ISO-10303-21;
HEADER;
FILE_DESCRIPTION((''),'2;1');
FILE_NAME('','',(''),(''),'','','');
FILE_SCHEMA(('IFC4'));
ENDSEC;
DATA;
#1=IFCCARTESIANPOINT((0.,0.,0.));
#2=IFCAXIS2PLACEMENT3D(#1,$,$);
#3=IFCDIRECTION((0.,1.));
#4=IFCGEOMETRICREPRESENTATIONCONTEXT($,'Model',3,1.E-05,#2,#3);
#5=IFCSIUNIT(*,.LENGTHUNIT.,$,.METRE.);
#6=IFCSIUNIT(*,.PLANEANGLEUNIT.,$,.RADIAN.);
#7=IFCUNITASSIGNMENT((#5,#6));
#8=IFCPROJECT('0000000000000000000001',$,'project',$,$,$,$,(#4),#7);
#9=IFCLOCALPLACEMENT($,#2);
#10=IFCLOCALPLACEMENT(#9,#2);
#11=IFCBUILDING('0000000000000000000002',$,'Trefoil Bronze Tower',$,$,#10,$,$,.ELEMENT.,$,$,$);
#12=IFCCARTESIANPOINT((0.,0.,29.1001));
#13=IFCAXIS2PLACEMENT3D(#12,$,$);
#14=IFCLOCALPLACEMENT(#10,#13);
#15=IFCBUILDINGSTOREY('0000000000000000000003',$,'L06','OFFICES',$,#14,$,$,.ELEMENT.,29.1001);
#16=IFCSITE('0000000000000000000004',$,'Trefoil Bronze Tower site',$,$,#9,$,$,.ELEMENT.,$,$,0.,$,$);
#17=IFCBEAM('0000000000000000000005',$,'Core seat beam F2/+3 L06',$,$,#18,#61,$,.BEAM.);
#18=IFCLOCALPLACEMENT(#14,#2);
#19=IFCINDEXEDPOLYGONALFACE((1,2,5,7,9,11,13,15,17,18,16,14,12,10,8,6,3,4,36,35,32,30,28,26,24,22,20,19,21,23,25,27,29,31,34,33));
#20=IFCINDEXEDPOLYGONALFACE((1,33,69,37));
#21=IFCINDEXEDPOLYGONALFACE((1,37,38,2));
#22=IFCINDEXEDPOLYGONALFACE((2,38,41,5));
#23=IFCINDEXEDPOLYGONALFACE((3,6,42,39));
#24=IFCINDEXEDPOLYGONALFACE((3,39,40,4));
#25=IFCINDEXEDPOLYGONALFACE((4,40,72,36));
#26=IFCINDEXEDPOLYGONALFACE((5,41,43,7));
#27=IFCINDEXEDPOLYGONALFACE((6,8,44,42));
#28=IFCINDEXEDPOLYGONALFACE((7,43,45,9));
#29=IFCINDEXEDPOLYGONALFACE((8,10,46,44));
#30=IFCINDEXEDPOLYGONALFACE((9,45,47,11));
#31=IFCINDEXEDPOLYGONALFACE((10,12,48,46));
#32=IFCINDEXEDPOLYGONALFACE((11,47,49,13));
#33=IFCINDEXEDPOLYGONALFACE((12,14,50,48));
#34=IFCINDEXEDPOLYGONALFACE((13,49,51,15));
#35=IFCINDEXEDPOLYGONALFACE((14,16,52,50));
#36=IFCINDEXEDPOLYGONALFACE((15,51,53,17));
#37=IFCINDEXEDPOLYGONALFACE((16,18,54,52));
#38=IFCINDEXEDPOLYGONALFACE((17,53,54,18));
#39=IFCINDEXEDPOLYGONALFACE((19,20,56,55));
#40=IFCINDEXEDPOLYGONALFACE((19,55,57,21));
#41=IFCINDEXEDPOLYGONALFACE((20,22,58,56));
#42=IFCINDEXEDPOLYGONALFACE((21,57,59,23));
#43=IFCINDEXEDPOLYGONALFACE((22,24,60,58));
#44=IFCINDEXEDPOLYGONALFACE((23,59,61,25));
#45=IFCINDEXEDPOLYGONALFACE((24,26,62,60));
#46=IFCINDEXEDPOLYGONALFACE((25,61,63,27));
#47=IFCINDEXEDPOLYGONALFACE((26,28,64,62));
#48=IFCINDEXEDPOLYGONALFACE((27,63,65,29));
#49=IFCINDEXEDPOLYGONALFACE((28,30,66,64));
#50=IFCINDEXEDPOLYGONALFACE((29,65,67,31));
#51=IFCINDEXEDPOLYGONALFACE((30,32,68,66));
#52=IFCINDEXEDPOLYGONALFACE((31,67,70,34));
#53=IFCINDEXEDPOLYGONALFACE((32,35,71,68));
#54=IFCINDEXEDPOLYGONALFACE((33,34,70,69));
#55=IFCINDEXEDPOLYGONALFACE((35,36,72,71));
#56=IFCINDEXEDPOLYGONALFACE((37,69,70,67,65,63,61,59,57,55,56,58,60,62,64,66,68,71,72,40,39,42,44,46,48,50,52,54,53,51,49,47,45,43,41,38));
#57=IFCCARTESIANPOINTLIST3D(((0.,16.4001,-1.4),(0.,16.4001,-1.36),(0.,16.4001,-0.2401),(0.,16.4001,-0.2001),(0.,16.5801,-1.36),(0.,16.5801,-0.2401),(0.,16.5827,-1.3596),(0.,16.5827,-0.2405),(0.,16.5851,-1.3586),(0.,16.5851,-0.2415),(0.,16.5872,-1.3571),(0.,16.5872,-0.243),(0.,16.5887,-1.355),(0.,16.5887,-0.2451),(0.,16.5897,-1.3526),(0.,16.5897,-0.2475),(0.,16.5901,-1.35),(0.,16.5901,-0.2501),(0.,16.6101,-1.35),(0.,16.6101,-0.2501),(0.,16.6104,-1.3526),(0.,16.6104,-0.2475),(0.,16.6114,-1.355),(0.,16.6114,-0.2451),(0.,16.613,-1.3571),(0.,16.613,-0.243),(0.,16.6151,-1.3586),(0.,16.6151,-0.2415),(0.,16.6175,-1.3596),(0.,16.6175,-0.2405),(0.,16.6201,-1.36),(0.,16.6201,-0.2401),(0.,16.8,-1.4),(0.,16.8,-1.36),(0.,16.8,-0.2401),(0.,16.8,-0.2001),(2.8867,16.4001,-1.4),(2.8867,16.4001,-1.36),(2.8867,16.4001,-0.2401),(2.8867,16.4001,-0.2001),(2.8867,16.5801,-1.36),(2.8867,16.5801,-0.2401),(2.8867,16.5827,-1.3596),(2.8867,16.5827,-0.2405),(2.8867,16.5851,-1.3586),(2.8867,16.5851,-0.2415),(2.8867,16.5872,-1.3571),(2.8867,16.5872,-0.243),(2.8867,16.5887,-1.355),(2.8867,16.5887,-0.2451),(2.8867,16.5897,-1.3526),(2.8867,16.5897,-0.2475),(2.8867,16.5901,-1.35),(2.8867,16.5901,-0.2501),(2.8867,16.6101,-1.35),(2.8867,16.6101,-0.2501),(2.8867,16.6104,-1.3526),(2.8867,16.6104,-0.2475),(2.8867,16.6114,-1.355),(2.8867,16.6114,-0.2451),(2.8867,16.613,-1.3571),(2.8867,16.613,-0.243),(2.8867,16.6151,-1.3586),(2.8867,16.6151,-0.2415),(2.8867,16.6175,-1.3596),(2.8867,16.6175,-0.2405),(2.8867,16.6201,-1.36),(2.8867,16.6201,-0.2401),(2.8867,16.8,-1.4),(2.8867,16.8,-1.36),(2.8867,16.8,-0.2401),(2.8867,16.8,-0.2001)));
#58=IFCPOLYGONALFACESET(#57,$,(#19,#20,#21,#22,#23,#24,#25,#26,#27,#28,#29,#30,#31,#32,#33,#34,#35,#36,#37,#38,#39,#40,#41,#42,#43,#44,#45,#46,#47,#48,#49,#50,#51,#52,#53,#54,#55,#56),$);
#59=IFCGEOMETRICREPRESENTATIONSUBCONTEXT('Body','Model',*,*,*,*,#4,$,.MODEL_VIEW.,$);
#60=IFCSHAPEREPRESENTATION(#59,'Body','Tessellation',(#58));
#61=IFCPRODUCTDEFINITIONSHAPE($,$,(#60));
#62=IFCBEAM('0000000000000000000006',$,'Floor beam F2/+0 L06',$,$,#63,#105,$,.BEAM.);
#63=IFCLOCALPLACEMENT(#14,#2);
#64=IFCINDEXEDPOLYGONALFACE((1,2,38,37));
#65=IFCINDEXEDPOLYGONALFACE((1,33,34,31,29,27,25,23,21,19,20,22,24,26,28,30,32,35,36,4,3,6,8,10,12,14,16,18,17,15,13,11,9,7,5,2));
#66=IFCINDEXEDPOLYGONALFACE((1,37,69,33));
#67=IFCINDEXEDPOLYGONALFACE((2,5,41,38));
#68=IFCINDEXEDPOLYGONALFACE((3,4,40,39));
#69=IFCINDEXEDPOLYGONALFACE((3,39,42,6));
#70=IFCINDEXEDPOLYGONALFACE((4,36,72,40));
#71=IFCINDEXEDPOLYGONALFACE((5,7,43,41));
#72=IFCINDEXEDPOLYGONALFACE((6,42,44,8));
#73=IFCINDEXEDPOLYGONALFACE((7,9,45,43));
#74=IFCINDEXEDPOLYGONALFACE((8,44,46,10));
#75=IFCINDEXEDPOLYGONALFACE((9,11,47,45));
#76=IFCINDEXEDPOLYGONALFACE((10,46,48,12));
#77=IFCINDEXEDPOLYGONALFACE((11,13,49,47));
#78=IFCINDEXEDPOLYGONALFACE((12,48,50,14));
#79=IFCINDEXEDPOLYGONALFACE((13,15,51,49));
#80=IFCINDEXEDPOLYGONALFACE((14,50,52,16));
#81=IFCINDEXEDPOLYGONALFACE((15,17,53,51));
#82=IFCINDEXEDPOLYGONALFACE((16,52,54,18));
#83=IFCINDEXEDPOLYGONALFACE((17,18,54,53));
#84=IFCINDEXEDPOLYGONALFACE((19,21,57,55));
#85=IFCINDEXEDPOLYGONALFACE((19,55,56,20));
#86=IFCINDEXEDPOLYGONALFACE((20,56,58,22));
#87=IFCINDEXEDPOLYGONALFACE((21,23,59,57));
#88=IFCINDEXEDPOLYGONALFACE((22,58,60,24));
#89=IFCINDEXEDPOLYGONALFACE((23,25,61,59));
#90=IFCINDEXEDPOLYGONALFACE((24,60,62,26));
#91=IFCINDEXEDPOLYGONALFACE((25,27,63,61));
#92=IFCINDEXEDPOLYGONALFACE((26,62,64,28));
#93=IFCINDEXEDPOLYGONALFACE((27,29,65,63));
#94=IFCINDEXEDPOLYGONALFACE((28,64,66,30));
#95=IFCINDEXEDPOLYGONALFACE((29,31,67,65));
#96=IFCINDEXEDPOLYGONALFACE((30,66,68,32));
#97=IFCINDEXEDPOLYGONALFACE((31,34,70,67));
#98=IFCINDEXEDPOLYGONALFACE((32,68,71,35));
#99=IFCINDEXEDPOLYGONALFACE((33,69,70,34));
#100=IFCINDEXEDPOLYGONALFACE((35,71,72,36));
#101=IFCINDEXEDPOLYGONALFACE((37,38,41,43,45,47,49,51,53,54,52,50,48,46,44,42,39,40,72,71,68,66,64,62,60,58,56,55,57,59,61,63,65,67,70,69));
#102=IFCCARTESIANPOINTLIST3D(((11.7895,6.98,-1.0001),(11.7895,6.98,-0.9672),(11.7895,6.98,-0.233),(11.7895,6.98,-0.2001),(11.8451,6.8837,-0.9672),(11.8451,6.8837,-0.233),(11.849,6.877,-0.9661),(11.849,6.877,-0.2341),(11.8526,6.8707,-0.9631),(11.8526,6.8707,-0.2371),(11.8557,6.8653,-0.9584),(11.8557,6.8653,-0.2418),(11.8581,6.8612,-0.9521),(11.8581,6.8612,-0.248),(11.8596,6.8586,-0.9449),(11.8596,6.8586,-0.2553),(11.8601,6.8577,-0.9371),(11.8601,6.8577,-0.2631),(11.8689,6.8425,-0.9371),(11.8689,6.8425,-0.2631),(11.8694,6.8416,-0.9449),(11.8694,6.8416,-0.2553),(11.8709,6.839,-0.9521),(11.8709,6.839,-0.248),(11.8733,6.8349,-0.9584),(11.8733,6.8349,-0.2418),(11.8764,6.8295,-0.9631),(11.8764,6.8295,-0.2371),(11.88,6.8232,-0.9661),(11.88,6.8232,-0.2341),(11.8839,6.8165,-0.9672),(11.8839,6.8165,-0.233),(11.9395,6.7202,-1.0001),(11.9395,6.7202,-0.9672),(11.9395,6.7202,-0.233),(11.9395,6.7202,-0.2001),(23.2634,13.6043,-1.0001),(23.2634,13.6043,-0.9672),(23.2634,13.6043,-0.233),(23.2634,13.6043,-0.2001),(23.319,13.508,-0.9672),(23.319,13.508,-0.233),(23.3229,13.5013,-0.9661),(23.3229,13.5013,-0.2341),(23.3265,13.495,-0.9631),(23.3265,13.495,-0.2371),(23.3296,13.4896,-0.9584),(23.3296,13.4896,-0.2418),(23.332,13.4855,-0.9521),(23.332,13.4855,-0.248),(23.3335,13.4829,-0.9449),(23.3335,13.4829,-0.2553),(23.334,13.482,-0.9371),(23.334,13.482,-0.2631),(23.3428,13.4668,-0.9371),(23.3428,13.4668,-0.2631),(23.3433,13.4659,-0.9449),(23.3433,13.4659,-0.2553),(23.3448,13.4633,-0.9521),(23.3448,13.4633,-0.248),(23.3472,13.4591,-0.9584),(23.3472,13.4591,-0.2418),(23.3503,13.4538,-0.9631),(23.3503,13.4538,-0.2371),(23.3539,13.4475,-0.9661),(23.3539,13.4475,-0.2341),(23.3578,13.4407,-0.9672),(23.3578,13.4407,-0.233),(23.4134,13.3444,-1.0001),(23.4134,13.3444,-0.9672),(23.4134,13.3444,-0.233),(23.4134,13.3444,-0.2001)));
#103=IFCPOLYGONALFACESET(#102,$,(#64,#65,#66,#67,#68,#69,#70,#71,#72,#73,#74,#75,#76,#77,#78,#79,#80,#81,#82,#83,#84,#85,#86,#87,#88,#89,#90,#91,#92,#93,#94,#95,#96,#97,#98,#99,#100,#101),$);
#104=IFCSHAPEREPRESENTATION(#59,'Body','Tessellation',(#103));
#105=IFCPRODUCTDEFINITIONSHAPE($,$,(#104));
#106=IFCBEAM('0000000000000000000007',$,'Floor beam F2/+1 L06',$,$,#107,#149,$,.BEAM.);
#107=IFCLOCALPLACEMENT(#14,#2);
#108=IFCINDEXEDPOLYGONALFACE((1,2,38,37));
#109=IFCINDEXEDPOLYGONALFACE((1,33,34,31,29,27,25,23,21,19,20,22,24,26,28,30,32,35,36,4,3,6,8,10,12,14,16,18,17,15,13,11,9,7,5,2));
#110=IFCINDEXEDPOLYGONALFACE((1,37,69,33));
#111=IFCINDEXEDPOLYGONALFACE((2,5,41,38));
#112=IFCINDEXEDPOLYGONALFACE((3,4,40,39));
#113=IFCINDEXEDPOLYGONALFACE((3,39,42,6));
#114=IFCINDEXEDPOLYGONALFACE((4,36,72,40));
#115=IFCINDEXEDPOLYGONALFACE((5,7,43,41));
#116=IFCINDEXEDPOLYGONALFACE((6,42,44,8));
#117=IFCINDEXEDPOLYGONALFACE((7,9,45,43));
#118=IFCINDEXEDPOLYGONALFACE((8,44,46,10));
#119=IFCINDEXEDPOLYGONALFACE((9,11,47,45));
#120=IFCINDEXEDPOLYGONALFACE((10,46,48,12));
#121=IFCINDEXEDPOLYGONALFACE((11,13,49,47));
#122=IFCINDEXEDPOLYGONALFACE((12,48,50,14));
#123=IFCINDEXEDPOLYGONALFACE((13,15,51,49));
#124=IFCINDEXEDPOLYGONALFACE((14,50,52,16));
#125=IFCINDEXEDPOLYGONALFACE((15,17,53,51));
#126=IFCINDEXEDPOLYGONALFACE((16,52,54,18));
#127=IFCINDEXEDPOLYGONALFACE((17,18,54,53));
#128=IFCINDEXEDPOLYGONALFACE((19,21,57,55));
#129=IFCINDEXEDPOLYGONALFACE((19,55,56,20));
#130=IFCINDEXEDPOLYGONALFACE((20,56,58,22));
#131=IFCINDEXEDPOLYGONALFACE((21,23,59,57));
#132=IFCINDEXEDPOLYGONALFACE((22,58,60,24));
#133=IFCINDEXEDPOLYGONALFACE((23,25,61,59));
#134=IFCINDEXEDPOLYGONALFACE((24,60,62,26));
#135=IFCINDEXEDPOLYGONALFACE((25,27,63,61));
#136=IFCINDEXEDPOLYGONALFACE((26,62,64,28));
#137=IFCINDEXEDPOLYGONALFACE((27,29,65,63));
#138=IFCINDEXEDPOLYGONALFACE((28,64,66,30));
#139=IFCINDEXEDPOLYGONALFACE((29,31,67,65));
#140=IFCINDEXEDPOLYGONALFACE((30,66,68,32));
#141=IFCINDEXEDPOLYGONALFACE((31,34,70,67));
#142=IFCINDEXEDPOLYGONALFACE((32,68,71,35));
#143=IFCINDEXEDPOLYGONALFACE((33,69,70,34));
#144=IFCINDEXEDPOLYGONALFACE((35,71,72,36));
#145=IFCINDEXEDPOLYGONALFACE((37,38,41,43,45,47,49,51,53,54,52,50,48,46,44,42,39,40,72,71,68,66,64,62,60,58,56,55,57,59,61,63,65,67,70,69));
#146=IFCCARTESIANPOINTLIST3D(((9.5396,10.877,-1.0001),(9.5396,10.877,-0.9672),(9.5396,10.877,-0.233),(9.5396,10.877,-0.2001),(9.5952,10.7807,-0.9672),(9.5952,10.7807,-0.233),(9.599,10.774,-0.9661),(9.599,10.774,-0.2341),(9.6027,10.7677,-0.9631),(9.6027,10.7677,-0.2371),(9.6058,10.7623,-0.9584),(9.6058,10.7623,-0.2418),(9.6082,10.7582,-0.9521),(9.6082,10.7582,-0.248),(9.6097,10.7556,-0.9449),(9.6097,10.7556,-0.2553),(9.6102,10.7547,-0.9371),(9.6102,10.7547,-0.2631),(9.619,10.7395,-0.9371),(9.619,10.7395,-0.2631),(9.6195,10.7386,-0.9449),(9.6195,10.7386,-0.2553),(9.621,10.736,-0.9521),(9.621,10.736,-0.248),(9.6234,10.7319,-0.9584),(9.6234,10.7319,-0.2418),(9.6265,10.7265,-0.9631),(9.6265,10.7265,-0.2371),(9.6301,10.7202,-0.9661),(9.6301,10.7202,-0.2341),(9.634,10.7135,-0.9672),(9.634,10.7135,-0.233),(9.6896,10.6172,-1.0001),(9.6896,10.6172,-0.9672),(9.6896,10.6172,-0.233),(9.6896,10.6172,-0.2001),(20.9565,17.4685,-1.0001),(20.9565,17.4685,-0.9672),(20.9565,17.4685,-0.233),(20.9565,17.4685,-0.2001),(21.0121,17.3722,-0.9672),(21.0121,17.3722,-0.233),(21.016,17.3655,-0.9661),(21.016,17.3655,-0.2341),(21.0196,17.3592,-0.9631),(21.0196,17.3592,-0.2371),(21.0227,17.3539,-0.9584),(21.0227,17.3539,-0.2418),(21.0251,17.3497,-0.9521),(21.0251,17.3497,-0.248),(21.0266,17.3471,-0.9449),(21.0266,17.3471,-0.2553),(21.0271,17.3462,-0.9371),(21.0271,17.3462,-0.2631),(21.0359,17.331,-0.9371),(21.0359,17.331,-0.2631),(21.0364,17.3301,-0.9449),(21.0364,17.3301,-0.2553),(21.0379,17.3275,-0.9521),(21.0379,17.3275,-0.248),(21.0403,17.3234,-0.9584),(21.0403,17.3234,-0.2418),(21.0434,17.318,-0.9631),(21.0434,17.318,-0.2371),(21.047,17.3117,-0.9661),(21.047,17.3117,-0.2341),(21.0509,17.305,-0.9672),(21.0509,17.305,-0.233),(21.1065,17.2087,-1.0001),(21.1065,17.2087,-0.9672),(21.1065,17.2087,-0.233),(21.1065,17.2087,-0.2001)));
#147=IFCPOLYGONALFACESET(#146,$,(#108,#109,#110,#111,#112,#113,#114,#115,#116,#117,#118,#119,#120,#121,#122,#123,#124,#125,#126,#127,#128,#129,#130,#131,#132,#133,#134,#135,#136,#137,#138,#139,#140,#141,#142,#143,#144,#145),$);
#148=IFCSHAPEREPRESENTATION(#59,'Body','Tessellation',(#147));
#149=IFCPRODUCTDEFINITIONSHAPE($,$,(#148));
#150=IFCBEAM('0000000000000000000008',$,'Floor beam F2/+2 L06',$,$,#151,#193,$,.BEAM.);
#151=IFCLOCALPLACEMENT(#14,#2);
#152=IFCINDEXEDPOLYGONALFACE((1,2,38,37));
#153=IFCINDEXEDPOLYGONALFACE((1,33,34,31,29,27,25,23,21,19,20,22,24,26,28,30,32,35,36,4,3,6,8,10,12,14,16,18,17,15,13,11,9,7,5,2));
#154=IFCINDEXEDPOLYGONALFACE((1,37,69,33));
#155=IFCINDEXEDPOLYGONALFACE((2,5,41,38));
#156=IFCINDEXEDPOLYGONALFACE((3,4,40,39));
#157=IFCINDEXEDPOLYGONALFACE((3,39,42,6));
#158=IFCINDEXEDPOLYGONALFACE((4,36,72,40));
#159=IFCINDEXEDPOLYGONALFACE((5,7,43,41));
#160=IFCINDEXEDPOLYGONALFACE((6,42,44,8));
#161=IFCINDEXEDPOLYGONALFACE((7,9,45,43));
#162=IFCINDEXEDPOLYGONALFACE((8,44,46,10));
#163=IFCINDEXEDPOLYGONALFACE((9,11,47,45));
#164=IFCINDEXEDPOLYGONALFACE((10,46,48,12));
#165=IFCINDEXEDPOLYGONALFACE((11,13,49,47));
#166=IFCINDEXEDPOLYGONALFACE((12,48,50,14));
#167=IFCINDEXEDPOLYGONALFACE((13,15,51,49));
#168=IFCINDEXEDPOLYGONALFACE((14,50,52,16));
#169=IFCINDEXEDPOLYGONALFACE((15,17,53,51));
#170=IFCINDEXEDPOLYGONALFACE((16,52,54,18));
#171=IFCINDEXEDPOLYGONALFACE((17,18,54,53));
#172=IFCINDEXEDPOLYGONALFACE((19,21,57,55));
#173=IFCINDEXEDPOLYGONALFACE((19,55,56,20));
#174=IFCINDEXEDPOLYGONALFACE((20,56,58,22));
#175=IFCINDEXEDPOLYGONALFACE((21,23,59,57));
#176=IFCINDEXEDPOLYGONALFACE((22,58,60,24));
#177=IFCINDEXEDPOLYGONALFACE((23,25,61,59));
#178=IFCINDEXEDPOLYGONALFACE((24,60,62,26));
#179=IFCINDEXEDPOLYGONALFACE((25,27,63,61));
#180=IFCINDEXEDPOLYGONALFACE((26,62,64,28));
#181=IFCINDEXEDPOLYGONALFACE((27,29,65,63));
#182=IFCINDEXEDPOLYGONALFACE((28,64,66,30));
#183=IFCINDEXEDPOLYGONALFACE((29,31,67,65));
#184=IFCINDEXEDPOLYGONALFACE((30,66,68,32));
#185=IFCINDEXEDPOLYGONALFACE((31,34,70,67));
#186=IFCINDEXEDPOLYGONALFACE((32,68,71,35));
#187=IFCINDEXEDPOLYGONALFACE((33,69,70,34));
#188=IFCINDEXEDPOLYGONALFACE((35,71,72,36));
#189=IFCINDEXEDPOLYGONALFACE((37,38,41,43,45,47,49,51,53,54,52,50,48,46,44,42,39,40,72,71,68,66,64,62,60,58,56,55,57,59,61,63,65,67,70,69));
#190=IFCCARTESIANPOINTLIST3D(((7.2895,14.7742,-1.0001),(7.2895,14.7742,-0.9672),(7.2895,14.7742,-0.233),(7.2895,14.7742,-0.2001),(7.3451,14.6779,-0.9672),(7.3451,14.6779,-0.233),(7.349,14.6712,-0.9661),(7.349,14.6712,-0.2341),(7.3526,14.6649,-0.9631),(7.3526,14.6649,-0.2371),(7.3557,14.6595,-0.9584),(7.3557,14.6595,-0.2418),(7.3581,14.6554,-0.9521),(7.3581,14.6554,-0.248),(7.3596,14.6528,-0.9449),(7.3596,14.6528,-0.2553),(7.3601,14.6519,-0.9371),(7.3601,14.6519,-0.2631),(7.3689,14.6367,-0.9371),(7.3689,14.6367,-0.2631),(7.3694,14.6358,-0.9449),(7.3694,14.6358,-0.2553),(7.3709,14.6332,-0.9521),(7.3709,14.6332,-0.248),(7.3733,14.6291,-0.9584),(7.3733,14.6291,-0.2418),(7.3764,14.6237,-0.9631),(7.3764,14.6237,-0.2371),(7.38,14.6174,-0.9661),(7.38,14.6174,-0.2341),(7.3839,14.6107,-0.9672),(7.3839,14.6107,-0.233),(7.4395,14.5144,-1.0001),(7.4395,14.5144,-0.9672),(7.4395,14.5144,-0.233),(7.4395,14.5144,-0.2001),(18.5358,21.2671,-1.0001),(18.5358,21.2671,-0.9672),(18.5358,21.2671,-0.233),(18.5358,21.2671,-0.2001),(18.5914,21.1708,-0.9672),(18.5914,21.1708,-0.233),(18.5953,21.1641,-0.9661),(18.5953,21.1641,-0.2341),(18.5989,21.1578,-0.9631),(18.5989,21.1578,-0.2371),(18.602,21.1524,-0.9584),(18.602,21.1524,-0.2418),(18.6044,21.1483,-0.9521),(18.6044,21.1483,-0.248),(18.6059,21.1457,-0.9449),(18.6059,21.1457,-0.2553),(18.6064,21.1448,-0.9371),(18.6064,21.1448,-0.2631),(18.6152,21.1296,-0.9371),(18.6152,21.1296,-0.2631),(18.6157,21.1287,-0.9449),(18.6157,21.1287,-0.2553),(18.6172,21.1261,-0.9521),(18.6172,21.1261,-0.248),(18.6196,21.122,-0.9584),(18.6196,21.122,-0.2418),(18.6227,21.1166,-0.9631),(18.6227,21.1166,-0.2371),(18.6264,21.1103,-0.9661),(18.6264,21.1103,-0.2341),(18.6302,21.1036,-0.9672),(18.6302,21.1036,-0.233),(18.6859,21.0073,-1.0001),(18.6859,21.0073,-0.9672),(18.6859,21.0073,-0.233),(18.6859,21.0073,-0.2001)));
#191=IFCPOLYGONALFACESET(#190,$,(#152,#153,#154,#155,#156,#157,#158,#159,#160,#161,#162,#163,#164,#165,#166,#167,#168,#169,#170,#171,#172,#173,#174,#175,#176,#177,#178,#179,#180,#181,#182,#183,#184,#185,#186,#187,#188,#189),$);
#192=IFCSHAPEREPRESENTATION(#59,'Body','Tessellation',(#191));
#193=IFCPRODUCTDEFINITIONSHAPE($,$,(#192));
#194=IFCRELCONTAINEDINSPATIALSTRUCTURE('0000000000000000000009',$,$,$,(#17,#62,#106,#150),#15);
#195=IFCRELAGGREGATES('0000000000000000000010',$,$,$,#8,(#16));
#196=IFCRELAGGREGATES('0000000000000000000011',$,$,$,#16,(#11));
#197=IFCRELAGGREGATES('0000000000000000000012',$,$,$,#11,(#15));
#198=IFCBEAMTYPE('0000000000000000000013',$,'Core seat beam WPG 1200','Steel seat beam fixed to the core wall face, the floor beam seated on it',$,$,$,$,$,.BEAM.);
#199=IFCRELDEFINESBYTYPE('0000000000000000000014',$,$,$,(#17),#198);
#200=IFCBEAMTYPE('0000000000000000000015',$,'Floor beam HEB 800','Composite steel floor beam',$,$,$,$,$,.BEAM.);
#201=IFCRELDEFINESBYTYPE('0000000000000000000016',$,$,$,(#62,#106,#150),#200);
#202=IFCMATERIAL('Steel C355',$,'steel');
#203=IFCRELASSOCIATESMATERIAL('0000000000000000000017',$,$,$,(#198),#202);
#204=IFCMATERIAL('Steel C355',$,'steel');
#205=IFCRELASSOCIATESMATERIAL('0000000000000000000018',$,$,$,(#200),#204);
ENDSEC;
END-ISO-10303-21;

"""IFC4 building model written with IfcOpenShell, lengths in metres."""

from ifc_helpers import new_model, si_unit, direction, frame, origin, origin_2d, place, context, subcontext, project, spatial, i_section, extrude, material, material_profile, profile_set, type_object, element, save


model = new_model("IFC4")

# Units and contexts
model_context = context("Model", 3, precision=1e-05, world=origin(), true_north=direction((0.0, 1.0)))
body_context = subcontext(model_context, "Body", "Model", "MODEL_VIEW")
ifc_project = project(units=[si_unit("LENGTHUNIT", "METRE"), si_unit("PLANEANGLEUNIT", "RADIAN")], contexts=[model_context])

# Site, building, storey
site_placement = place(None, origin())
site = spatial("IfcSite", under=ifc_project, at=site_placement, Name="Trefoil Bronze Tower site", CompositionType="ELEMENT", RefElevation=0.0)
building_placement = place(site_placement, origin())
building = spatial("IfcBuilding", under=site, at=building_placement, Name="Trefoil Bronze Tower", CompositionType="ELEMENT")
storey_placement = place(building_placement, frame((0.0, 0.0, 29.1001)))
storey = spatial("IfcBuildingStorey", under=building, at=storey_placement, Name="L06", Description="OFFICES", CompositionType="ELEMENT", Elevation=29.1001)

# Beams
ifc_material_1 = material(Name="Steel C355", Category="steel")
ifc_material_profile_1 = material_profile(ifc_material_1, i_section(OverallWidth=0.3999, OverallDepth=1.2, WebThickness=0.02, FlangeThickness=0.04, FilletRadius=0.01, at=origin_2d()), Name="WPG 1200")
ifc_profile_set_1 = profile_set([ifc_material_profile_1], Name="Steel C355")
beam_type_1 = type_object("IfcBeamType", Name="Core seat beam WPG 1200", Description="Steel seat beam fixed to the core wall face, the floor beam seated on it", PredefinedType="BEAM", material=ifc_profile_set_1)
beam_1_placement = place(storey_placement, frame((2.8867, 16.6001, -0.8), z_axis=(-1.0, 0.0, 0.0), x_axis=(0.0, -1.0, 0.0)))
element("IfcBeam", 1, at=beam_1_placement, inside=storey, type_object=beam_type_1, Name="Core seat beam F2/+3 L06", PredefinedType="BEAM", context=body_context, shape_type="SweptSolid", body=[
    extrude(i_section(OverallWidth=0.3999, OverallDepth=1.2, WebThickness=0.02, FlangeThickness=0.04, FilletRadius=0.01, at=origin_2d()), origin(), (0.0, 0.0, 1.0), 2.8867),
])
ifc_material_2 = material(Name="Steel C355", Category="steel")
ifc_material_profile_2 = material_profile(ifc_material_2, i_section(OverallWidth=0.3, OverallDepth=0.8, WebThickness=0.0176, FlangeThickness=0.033, FilletRadius=0.03, at=origin_2d()), Name="HEB 800")
ifc_profile_set_2 = profile_set([ifc_material_profile_2], Name="Steel C355")
beam_type_2 = type_object("IfcBeamType", Name="Floor beam HEB 800", Description="Composite steel floor beam", PredefinedType="BEAM", material=ifc_profile_set_2)
beam_2_placement = place(storey_placement, frame((23.3384, 13.4744, -0.6001), z_axis=(-0.866031, -0.49999, 0.0), x_axis=(0.49999, -0.866031, 0.0)))
element("IfcBeam", 2, at=beam_2_placement, inside=storey, type_object=beam_type_2, Name="Floor beam F2/+0 L06", PredefinedType="BEAM", context=body_context, shape_type="SweptSolid", body=[
    extrude(i_section(OverallWidth=0.3, OverallDepth=0.8, WebThickness=0.0176, FlangeThickness=0.033, FilletRadius=0.03, at=origin_2d()), origin(), (0.0, 0.0, 1.0), 13.2488),
])
beam_3_placement = place(storey_placement, frame((21.0315, 17.3386, -0.6001), z_axis=(-0.866027, -0.499997, 0.0), x_axis=(0.499997, -0.866027, 0.0)))
element("IfcBeam", 3, at=beam_3_placement, inside=storey, type_object=beam_type_2, Name="Floor beam F2/+1 L06", PredefinedType="BEAM", context=body_context, shape_type="SweptSolid", body=[
    extrude(i_section(OverallWidth=0.3, OverallDepth=0.8, WebThickness=0.0176, FlangeThickness=0.033, FilletRadius=0.03, at=origin_2d()), origin(), (0.0, 0.0, 1.0), 13.1831),
])
beam_4_placement = place(storey_placement, frame((18.6108, 21.1372, -0.6001), z_axis=(-0.866031, -0.499991, 0.0), x_axis=(0.499991, -0.866031, 0.0)))
element("IfcBeam", 4, at=beam_4_placement, inside=storey, type_object=beam_type_2, Name="Floor beam F2/+2 L06", PredefinedType="BEAM", context=body_context, shape_type="SweptSolid", body=[
    extrude(i_section(OverallWidth=0.3, OverallDepth=0.8, WebThickness=0.0176, FlangeThickness=0.033, FilletRadius=0.03, at=origin_2d()), origin(), (0.0, 0.0, 1.0), 12.9861),
])

save(model, "model.ifc")
